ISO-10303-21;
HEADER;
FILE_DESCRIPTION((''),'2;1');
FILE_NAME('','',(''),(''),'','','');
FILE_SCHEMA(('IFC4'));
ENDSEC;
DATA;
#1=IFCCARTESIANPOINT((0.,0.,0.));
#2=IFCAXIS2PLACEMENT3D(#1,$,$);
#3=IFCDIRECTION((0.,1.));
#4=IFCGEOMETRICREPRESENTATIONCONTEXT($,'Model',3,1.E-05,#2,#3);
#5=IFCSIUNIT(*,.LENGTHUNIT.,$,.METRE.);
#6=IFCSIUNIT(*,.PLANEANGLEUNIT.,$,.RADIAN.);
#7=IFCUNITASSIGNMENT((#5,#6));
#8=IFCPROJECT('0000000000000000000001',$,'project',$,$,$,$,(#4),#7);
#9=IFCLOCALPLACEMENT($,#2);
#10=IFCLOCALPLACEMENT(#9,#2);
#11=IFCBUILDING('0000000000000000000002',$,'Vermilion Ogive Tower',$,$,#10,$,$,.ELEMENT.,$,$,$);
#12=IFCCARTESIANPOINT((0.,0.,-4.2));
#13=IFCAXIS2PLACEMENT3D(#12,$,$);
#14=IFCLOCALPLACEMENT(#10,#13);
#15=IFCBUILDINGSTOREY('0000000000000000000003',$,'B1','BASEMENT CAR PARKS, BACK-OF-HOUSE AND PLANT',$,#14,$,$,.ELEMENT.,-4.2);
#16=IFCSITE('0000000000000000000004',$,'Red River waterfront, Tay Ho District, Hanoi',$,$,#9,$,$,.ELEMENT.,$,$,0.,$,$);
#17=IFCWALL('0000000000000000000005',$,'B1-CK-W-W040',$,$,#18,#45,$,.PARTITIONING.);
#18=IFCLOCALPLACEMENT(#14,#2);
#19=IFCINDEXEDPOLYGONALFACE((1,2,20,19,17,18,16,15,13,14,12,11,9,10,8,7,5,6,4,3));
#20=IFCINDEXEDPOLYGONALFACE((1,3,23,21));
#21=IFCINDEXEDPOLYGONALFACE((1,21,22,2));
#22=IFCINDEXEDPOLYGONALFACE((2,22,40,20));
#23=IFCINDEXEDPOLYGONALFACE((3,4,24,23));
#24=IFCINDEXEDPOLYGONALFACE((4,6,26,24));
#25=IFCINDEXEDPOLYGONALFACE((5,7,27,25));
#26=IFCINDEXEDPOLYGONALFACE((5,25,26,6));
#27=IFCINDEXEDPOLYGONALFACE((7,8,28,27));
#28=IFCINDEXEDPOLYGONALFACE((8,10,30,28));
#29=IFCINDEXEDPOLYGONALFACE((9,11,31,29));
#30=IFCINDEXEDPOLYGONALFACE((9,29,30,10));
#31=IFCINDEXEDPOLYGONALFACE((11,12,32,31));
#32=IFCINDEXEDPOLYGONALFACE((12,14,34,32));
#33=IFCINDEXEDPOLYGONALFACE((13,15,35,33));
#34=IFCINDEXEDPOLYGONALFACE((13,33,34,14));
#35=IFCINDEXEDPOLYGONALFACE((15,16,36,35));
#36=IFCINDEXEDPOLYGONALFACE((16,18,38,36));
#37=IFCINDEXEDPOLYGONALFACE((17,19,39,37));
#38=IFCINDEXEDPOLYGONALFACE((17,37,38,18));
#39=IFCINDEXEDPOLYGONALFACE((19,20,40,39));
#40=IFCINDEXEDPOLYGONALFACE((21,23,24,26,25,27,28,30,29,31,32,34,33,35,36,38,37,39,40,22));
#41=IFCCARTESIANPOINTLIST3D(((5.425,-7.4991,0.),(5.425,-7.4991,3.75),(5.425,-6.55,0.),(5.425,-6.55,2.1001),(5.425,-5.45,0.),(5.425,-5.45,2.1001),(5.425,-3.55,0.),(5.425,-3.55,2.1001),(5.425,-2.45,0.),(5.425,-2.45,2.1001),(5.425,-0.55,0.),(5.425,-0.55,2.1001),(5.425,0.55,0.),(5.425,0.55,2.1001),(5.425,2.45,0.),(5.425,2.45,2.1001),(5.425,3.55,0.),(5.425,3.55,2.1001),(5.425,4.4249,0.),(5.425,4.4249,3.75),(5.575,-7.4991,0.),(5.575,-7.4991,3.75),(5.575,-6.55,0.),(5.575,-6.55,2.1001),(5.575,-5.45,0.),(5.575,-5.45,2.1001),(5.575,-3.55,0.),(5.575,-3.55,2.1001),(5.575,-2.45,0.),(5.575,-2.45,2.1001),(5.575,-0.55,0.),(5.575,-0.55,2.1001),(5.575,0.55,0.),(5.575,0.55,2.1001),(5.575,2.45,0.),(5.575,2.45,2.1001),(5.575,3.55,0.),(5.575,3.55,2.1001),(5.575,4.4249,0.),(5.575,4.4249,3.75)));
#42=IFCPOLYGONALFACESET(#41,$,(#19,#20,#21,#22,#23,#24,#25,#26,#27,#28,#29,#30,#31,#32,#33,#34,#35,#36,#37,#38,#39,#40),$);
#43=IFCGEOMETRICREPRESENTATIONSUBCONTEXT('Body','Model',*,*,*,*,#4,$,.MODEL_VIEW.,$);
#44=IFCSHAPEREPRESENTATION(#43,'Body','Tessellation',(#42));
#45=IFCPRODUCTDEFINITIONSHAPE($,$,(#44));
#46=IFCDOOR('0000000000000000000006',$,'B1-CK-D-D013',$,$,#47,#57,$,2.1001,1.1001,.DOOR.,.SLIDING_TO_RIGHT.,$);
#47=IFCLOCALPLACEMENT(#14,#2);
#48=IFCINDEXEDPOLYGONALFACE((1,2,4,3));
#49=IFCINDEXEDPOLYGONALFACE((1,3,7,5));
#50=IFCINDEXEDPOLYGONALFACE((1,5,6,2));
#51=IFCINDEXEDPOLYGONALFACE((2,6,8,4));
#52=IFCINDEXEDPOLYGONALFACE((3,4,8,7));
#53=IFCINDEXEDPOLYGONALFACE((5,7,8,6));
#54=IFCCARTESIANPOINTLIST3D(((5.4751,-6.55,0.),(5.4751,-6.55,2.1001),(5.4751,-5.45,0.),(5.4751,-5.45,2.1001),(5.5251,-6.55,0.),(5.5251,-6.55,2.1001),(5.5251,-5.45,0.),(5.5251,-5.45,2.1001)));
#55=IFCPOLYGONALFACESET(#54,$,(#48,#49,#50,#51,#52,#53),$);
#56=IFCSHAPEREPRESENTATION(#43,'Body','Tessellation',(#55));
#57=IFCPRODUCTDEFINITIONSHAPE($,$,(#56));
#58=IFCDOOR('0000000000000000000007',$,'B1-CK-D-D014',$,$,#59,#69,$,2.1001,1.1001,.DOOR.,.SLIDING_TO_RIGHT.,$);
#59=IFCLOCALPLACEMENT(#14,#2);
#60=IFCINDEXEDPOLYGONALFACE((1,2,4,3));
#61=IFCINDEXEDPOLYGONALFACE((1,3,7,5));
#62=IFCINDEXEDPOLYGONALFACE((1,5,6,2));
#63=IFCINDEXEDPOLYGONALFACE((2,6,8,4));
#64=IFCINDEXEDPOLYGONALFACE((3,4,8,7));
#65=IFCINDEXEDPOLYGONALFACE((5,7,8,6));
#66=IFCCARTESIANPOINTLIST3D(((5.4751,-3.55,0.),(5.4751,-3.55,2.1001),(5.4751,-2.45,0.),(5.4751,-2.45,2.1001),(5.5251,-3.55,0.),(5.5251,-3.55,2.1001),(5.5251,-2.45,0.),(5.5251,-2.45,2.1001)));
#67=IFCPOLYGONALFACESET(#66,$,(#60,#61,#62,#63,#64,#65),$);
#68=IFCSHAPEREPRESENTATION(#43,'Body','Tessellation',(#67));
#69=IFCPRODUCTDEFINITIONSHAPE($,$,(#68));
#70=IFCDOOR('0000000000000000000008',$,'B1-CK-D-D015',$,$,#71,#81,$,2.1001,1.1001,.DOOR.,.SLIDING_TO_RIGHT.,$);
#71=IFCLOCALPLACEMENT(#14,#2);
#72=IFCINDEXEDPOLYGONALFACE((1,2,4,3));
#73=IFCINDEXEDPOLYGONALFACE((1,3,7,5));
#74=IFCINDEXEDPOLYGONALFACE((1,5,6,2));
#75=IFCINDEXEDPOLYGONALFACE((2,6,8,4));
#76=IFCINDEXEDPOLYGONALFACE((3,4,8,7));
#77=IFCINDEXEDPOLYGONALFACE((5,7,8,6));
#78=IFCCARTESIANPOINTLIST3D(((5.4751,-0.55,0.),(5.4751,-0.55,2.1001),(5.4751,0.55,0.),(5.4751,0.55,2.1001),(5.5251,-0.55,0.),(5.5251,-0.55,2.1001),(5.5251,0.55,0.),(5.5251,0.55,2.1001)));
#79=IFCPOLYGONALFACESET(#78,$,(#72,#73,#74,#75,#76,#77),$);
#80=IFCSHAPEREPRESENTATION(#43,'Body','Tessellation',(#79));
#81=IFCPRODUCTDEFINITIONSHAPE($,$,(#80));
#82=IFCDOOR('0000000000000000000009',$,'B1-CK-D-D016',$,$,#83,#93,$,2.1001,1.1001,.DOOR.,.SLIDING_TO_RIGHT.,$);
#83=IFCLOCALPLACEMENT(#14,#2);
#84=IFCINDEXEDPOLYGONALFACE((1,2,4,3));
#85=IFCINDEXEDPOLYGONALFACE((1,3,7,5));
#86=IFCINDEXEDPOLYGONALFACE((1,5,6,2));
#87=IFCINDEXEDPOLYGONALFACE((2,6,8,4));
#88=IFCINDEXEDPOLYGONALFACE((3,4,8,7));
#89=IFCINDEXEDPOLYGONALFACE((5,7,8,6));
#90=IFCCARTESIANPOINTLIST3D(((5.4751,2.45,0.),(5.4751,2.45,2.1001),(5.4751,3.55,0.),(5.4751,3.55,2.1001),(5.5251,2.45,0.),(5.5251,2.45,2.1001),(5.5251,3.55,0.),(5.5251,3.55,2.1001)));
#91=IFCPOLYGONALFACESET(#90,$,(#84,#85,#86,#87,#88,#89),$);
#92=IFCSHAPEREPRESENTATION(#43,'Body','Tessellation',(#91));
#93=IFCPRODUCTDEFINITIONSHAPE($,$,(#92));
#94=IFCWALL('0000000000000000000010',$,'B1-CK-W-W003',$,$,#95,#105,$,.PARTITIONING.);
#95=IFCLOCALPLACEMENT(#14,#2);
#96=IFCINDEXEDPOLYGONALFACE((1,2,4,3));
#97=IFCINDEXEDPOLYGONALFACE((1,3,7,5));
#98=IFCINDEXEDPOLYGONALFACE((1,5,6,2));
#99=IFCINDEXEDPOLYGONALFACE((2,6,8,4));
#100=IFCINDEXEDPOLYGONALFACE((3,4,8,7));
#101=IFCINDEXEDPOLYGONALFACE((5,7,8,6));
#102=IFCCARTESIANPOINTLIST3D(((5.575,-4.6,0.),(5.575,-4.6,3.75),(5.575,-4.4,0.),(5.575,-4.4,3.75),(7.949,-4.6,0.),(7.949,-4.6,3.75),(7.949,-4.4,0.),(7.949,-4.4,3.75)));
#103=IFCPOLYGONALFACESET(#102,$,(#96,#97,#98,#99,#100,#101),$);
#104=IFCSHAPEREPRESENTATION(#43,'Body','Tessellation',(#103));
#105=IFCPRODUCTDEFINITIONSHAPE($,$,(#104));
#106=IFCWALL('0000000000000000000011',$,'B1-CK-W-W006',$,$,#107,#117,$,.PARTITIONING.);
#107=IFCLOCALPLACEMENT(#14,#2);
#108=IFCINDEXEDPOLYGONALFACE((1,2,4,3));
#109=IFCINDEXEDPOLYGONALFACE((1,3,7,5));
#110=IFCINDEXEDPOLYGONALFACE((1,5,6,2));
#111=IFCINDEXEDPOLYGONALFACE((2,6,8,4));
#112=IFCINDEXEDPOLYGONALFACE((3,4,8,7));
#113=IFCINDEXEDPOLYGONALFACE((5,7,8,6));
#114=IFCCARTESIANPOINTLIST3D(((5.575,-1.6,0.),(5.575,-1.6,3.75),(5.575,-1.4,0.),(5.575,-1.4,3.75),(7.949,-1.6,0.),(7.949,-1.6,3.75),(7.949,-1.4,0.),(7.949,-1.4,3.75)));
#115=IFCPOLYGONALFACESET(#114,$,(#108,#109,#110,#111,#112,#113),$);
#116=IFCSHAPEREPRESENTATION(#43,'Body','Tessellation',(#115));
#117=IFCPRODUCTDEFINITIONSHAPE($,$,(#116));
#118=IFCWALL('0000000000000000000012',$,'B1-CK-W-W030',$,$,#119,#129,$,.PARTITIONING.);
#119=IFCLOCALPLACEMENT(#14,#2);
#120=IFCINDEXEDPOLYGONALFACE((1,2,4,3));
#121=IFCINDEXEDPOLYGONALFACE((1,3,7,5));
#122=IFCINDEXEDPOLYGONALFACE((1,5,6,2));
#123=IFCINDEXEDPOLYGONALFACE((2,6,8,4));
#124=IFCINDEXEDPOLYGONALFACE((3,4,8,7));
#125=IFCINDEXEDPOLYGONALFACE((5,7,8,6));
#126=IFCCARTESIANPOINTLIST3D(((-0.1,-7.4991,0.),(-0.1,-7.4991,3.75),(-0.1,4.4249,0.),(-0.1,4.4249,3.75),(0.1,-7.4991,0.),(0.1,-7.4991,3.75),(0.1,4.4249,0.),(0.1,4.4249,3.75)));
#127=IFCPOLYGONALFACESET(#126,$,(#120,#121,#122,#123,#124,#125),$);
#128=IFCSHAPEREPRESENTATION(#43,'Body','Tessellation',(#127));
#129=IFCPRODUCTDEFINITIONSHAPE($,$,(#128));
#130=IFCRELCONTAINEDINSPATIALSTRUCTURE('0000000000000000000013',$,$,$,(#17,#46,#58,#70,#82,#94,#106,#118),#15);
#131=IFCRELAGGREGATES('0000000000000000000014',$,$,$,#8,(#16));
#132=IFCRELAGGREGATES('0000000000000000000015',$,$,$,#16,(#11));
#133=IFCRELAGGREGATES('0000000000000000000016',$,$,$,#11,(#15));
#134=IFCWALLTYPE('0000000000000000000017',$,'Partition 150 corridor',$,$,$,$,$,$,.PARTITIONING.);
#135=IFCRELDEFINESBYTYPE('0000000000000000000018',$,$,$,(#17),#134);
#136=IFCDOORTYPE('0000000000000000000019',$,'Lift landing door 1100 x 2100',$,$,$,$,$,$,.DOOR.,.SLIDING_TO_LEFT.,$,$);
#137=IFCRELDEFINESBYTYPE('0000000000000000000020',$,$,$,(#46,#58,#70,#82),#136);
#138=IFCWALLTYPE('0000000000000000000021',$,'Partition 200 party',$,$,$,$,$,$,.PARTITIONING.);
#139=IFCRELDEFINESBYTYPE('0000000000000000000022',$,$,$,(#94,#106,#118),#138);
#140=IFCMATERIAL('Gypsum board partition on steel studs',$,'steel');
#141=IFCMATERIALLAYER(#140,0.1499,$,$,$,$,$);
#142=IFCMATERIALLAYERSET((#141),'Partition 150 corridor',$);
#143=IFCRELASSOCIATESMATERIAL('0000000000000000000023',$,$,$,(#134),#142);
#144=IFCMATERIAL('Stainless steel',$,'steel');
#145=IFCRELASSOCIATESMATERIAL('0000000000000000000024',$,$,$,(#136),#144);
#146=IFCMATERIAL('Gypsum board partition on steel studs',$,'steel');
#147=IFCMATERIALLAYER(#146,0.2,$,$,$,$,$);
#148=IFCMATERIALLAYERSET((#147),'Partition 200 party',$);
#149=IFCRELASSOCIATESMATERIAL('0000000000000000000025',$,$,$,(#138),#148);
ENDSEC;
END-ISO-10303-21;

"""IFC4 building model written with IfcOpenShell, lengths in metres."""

from ifc_helpers import new_model, si_unit, direction, frame, frame_2d, origin, place, context, subcontext, project, spatial, rectangle, extrude, material, layer, layer_set, type_object, element, fill, save


model = new_model("IFC4")

# Units and contexts
model_context = context("Model", 3, precision=1e-05, world=origin(), true_north=direction((0.0, 1.0)))
body_context = subcontext(model_context, "Body", "Model", "MODEL_VIEW")
ifc_project = project(units=[si_unit("LENGTHUNIT", "METRE"), si_unit("PLANEANGLEUNIT", "RADIAN")], contexts=[model_context])

# Site, building, storey
site_placement = place(None, origin())
site = spatial("IfcSite", under=ifc_project, at=site_placement, Name="Red River waterfront, Tay Ho District, Hanoi", CompositionType="ELEMENT", RefElevation=0.0)
building_placement = place(site_placement, origin())
building = spatial("IfcBuilding", under=site, at=building_placement, Name="Vermilion Ogive Tower", CompositionType="ELEMENT")
storey_placement = place(building_placement, frame((0.0, 0.0, -4.2)))
storey = spatial("IfcBuildingStorey", under=building, at=storey_placement, Name="B1", Description="BASEMENT CAR PARKS, BACK-OF-HOUSE AND PLANT", CompositionType="ELEMENT", Elevation=-4.2)

# Shared definitions
ifc_material_1 = material(Name="Gypsum board partition on steel studs", Category="steel")
ifc_layer_1 = layer(ifc_material_1, 0.1499)
ifc_layer_set_1 = layer_set([ifc_layer_1], Name="Partition 150 corridor")
wall_type_1 = type_object("IfcWallType", Name="Partition 150 corridor", PredefinedType="PARTITIONING", material=ifc_layer_set_1)

# Wall, openings, doors
ifc_material_2 = material(Name="Stainless steel", Category="steel")
door_type = type_object("IfcDoorType", Name="Lift landing door 1100 x 2100", OperationType="SLIDING_TO_LEFT", PredefinedType="DOOR", material=ifc_material_2)
wall_1_placement = place(storey_placement, frame((5.5, -7.499, 0.0), z_axis=(0.0, 0.0, 1.0), x_axis=(0.0, 1.0, 0.0)))
wall_1 = element("IfcWall", 1, at=wall_1_placement, inside=storey, type_object=wall_type_1, Name="B1-CK-W-W040", PredefinedType="PARTITIONING", context=body_context, shape_type="SweptSolid", body=[
    extrude(rectangle(XDim=11.9241, YDim=0.1499, at=frame_2d((5.9619, 0.0))), origin(), (0.0, 0.0, 1.0), 3.75),
])
opening_1_placement = place(wall_1_placement, frame((0.949, 0.0, 0.0)))
opening_1 = element("IfcOpeningElement", 2, at=opening_1_placement, cuts=wall_1, PredefinedType="OPENING", context=body_context, shape_type="SweptSolid", body=[
    extrude(rectangle(XDim=1.1001, YDim=2.1001, at=frame_2d((0.55, 1.05))), frame((0.0, 0.085, 0.0), z_axis=(0.0, -1.0, 0.0), x_axis=(1.0, 0.0, 0.0)), (0.0, 0.0, 1.0), 0.1699),
])
opening_2_placement = place(wall_1_placement, frame((3.949, 0.0, 0.0)))
opening_2 = element("IfcOpeningElement", 3, at=opening_2_placement, cuts=wall_1, PredefinedType="OPENING", context=body_context, shape_type="SweptSolid", body=[
    extrude(rectangle(XDim=1.1001, YDim=2.1001, at=frame_2d((0.55, 1.05))), frame((0.0, 0.085, 0.0), z_axis=(0.0, -1.0, 0.0), x_axis=(1.0, 0.0, 0.0)), (0.0, 0.0, 1.0), 0.1699),
])
opening_3_placement = place(wall_1_placement, frame((6.949, 0.0, 0.0)))
opening_3 = element("IfcOpeningElement", 4, at=opening_3_placement, cuts=wall_1, PredefinedType="OPENING", context=body_context, shape_type="SweptSolid", body=[
    extrude(rectangle(XDim=1.1001, YDim=2.1001, at=frame_2d((0.55, 1.05))), frame((0.0, 0.085, 0.0), z_axis=(0.0, -1.0, 0.0), x_axis=(1.0, 0.0, 0.0)), (0.0, 0.0, 1.0), 0.1699),
])
opening_4_placement = place(wall_1_placement, frame((9.949, 0.0, 0.0)))
opening_4 = element("IfcOpeningElement", 5, at=opening_4_placement, cuts=wall_1, PredefinedType="OPENING", context=body_context, shape_type="SweptSolid", body=[
    extrude(rectangle(XDim=1.1001, YDim=2.1001, at=frame_2d((0.55, 1.05))), frame((0.0, 0.085, 0.0), z_axis=(0.0, -1.0, 0.0), x_axis=(1.0, 0.0, 0.0)), (0.0, 0.0, 1.0), 0.1699),
])
door_1_placement = place(opening_1_placement, origin())
door_1 = element("IfcDoor", 6, at=door_1_placement, inside=storey, type_object=door_type, Name="B1-CK-D-D013", OperationType="SLIDING_TO_RIGHT", OverallHeight=2.1001, OverallWidth=1.1001, PredefinedType="DOOR", context=body_context, shape_type="SweptSolid", body=[
    extrude(rectangle(XDim=1.1001, YDim=2.1001, at=frame_2d((0.55, 1.05))), frame((0.0, 0.0249, 0.0), z_axis=(0.0, -1.0, 0.0), x_axis=(1.0, 0.0, 0.0)), (0.0, 0.0, 1.0), 0.05),
])
fill(opening_1, door_1)
door_2_placement = place(opening_2_placement, origin())
door_2 = element("IfcDoor", 7, at=door_2_placement, inside=storey, type_object=door_type, Name="B1-CK-D-D014", OperationType="SLIDING_TO_RIGHT", OverallHeight=2.1001, OverallWidth=1.1001, PredefinedType="DOOR", context=body_context, shape_type="SweptSolid", body=[
    extrude(rectangle(XDim=1.1001, YDim=2.1001, at=frame_2d((0.55, 1.05))), frame((0.0, 0.0249, 0.0), z_axis=(0.0, -1.0, 0.0), x_axis=(1.0, 0.0, 0.0)), (0.0, 0.0, 1.0), 0.05),
])
fill(opening_2, door_2)
door_3_placement = place(opening_3_placement, origin())
door_3 = element("IfcDoor", 8, at=door_3_placement, inside=storey, type_object=door_type, Name="B1-CK-D-D015", OperationType="SLIDING_TO_RIGHT", OverallHeight=2.1001, OverallWidth=1.1001, PredefinedType="DOOR", context=body_context, shape_type="SweptSolid", body=[
    extrude(rectangle(XDim=1.1001, YDim=2.1001, at=frame_2d((0.55, 1.05))), frame((0.0, 0.0249, 0.0), z_axis=(0.0, -1.0, 0.0), x_axis=(1.0, 0.0, 0.0)), (0.0, 0.0, 1.0), 0.05),
])
fill(opening_3, door_3)
door_4_placement = place(opening_4_placement, origin())
door_4 = element("IfcDoor", 9, at=door_4_placement, inside=storey, type_object=door_type, Name="B1-CK-D-D016", OperationType="SLIDING_TO_RIGHT", OverallHeight=2.1001, OverallWidth=1.1001, PredefinedType="DOOR", context=body_context, shape_type="SweptSolid", body=[
    extrude(rectangle(XDim=1.1001, YDim=2.1001, at=frame_2d((0.55, 1.05))), frame((0.0, 0.0249, 0.0), z_axis=(0.0, -1.0, 0.0), x_axis=(1.0, 0.0, 0.0)), (0.0, 0.0, 1.0), 0.05),
])
fill(opening_4, door_4)

# Walls
ifc_material_3 = material(Name="Gypsum board partition on steel studs", Category="steel")
ifc_layer_2 = layer(ifc_material_3, 0.2)
ifc_layer_set_2 = layer_set([ifc_layer_2], Name="Partition 200 party")
wall_type_2 = type_object("IfcWallType", Name="Partition 200 party", PredefinedType="PARTITIONING", material=ifc_layer_set_2)
for number, where, z_axis, x_axis, name in (
    (10, (5.575, -4.5, 0.0), (0.0, 0.0, 1.0), (1.0, 0.0, 0.0), "B1-CK-W-W003"),
    (11, (5.575, -1.5, 0.0), (0.0, 0.0, 1.0), (1.0, 0.0, 0.0), "B1-CK-W-W006"),
):
    element("IfcWall", number, at=place(storey_placement, frame(where, z_axis=z_axis, x_axis=x_axis)), inside=storey, type_object=wall_type_2, Name=name, PredefinedType="PARTITIONING", context=body_context, shape_type="SweptSolid", body=[
        extrude(rectangle(XDim=2.374, YDim=0.2, at=frame_2d((1.187, 0.0))), origin(), (0.0, 0.0, 1.0), 3.75),
    ])
wall_2_placement = place(storey_placement, frame((0.0, -7.499, 0.0), z_axis=(0.0, 0.0, 1.0), x_axis=(0.0, 1.0, 0.0)))
element("IfcWall", 12, at=wall_2_placement, inside=storey, type_object=wall_type_2, Name="B1-CK-W-W030", PredefinedType="PARTITIONING", context=body_context, shape_type="SweptSolid", body=[
    extrude(rectangle(XDim=11.9241, YDim=0.2, at=frame_2d((5.9619, 0.0))), origin(), (0.0, 0.0, 1.0), 3.75),
])

save(model, "model.ifc")
